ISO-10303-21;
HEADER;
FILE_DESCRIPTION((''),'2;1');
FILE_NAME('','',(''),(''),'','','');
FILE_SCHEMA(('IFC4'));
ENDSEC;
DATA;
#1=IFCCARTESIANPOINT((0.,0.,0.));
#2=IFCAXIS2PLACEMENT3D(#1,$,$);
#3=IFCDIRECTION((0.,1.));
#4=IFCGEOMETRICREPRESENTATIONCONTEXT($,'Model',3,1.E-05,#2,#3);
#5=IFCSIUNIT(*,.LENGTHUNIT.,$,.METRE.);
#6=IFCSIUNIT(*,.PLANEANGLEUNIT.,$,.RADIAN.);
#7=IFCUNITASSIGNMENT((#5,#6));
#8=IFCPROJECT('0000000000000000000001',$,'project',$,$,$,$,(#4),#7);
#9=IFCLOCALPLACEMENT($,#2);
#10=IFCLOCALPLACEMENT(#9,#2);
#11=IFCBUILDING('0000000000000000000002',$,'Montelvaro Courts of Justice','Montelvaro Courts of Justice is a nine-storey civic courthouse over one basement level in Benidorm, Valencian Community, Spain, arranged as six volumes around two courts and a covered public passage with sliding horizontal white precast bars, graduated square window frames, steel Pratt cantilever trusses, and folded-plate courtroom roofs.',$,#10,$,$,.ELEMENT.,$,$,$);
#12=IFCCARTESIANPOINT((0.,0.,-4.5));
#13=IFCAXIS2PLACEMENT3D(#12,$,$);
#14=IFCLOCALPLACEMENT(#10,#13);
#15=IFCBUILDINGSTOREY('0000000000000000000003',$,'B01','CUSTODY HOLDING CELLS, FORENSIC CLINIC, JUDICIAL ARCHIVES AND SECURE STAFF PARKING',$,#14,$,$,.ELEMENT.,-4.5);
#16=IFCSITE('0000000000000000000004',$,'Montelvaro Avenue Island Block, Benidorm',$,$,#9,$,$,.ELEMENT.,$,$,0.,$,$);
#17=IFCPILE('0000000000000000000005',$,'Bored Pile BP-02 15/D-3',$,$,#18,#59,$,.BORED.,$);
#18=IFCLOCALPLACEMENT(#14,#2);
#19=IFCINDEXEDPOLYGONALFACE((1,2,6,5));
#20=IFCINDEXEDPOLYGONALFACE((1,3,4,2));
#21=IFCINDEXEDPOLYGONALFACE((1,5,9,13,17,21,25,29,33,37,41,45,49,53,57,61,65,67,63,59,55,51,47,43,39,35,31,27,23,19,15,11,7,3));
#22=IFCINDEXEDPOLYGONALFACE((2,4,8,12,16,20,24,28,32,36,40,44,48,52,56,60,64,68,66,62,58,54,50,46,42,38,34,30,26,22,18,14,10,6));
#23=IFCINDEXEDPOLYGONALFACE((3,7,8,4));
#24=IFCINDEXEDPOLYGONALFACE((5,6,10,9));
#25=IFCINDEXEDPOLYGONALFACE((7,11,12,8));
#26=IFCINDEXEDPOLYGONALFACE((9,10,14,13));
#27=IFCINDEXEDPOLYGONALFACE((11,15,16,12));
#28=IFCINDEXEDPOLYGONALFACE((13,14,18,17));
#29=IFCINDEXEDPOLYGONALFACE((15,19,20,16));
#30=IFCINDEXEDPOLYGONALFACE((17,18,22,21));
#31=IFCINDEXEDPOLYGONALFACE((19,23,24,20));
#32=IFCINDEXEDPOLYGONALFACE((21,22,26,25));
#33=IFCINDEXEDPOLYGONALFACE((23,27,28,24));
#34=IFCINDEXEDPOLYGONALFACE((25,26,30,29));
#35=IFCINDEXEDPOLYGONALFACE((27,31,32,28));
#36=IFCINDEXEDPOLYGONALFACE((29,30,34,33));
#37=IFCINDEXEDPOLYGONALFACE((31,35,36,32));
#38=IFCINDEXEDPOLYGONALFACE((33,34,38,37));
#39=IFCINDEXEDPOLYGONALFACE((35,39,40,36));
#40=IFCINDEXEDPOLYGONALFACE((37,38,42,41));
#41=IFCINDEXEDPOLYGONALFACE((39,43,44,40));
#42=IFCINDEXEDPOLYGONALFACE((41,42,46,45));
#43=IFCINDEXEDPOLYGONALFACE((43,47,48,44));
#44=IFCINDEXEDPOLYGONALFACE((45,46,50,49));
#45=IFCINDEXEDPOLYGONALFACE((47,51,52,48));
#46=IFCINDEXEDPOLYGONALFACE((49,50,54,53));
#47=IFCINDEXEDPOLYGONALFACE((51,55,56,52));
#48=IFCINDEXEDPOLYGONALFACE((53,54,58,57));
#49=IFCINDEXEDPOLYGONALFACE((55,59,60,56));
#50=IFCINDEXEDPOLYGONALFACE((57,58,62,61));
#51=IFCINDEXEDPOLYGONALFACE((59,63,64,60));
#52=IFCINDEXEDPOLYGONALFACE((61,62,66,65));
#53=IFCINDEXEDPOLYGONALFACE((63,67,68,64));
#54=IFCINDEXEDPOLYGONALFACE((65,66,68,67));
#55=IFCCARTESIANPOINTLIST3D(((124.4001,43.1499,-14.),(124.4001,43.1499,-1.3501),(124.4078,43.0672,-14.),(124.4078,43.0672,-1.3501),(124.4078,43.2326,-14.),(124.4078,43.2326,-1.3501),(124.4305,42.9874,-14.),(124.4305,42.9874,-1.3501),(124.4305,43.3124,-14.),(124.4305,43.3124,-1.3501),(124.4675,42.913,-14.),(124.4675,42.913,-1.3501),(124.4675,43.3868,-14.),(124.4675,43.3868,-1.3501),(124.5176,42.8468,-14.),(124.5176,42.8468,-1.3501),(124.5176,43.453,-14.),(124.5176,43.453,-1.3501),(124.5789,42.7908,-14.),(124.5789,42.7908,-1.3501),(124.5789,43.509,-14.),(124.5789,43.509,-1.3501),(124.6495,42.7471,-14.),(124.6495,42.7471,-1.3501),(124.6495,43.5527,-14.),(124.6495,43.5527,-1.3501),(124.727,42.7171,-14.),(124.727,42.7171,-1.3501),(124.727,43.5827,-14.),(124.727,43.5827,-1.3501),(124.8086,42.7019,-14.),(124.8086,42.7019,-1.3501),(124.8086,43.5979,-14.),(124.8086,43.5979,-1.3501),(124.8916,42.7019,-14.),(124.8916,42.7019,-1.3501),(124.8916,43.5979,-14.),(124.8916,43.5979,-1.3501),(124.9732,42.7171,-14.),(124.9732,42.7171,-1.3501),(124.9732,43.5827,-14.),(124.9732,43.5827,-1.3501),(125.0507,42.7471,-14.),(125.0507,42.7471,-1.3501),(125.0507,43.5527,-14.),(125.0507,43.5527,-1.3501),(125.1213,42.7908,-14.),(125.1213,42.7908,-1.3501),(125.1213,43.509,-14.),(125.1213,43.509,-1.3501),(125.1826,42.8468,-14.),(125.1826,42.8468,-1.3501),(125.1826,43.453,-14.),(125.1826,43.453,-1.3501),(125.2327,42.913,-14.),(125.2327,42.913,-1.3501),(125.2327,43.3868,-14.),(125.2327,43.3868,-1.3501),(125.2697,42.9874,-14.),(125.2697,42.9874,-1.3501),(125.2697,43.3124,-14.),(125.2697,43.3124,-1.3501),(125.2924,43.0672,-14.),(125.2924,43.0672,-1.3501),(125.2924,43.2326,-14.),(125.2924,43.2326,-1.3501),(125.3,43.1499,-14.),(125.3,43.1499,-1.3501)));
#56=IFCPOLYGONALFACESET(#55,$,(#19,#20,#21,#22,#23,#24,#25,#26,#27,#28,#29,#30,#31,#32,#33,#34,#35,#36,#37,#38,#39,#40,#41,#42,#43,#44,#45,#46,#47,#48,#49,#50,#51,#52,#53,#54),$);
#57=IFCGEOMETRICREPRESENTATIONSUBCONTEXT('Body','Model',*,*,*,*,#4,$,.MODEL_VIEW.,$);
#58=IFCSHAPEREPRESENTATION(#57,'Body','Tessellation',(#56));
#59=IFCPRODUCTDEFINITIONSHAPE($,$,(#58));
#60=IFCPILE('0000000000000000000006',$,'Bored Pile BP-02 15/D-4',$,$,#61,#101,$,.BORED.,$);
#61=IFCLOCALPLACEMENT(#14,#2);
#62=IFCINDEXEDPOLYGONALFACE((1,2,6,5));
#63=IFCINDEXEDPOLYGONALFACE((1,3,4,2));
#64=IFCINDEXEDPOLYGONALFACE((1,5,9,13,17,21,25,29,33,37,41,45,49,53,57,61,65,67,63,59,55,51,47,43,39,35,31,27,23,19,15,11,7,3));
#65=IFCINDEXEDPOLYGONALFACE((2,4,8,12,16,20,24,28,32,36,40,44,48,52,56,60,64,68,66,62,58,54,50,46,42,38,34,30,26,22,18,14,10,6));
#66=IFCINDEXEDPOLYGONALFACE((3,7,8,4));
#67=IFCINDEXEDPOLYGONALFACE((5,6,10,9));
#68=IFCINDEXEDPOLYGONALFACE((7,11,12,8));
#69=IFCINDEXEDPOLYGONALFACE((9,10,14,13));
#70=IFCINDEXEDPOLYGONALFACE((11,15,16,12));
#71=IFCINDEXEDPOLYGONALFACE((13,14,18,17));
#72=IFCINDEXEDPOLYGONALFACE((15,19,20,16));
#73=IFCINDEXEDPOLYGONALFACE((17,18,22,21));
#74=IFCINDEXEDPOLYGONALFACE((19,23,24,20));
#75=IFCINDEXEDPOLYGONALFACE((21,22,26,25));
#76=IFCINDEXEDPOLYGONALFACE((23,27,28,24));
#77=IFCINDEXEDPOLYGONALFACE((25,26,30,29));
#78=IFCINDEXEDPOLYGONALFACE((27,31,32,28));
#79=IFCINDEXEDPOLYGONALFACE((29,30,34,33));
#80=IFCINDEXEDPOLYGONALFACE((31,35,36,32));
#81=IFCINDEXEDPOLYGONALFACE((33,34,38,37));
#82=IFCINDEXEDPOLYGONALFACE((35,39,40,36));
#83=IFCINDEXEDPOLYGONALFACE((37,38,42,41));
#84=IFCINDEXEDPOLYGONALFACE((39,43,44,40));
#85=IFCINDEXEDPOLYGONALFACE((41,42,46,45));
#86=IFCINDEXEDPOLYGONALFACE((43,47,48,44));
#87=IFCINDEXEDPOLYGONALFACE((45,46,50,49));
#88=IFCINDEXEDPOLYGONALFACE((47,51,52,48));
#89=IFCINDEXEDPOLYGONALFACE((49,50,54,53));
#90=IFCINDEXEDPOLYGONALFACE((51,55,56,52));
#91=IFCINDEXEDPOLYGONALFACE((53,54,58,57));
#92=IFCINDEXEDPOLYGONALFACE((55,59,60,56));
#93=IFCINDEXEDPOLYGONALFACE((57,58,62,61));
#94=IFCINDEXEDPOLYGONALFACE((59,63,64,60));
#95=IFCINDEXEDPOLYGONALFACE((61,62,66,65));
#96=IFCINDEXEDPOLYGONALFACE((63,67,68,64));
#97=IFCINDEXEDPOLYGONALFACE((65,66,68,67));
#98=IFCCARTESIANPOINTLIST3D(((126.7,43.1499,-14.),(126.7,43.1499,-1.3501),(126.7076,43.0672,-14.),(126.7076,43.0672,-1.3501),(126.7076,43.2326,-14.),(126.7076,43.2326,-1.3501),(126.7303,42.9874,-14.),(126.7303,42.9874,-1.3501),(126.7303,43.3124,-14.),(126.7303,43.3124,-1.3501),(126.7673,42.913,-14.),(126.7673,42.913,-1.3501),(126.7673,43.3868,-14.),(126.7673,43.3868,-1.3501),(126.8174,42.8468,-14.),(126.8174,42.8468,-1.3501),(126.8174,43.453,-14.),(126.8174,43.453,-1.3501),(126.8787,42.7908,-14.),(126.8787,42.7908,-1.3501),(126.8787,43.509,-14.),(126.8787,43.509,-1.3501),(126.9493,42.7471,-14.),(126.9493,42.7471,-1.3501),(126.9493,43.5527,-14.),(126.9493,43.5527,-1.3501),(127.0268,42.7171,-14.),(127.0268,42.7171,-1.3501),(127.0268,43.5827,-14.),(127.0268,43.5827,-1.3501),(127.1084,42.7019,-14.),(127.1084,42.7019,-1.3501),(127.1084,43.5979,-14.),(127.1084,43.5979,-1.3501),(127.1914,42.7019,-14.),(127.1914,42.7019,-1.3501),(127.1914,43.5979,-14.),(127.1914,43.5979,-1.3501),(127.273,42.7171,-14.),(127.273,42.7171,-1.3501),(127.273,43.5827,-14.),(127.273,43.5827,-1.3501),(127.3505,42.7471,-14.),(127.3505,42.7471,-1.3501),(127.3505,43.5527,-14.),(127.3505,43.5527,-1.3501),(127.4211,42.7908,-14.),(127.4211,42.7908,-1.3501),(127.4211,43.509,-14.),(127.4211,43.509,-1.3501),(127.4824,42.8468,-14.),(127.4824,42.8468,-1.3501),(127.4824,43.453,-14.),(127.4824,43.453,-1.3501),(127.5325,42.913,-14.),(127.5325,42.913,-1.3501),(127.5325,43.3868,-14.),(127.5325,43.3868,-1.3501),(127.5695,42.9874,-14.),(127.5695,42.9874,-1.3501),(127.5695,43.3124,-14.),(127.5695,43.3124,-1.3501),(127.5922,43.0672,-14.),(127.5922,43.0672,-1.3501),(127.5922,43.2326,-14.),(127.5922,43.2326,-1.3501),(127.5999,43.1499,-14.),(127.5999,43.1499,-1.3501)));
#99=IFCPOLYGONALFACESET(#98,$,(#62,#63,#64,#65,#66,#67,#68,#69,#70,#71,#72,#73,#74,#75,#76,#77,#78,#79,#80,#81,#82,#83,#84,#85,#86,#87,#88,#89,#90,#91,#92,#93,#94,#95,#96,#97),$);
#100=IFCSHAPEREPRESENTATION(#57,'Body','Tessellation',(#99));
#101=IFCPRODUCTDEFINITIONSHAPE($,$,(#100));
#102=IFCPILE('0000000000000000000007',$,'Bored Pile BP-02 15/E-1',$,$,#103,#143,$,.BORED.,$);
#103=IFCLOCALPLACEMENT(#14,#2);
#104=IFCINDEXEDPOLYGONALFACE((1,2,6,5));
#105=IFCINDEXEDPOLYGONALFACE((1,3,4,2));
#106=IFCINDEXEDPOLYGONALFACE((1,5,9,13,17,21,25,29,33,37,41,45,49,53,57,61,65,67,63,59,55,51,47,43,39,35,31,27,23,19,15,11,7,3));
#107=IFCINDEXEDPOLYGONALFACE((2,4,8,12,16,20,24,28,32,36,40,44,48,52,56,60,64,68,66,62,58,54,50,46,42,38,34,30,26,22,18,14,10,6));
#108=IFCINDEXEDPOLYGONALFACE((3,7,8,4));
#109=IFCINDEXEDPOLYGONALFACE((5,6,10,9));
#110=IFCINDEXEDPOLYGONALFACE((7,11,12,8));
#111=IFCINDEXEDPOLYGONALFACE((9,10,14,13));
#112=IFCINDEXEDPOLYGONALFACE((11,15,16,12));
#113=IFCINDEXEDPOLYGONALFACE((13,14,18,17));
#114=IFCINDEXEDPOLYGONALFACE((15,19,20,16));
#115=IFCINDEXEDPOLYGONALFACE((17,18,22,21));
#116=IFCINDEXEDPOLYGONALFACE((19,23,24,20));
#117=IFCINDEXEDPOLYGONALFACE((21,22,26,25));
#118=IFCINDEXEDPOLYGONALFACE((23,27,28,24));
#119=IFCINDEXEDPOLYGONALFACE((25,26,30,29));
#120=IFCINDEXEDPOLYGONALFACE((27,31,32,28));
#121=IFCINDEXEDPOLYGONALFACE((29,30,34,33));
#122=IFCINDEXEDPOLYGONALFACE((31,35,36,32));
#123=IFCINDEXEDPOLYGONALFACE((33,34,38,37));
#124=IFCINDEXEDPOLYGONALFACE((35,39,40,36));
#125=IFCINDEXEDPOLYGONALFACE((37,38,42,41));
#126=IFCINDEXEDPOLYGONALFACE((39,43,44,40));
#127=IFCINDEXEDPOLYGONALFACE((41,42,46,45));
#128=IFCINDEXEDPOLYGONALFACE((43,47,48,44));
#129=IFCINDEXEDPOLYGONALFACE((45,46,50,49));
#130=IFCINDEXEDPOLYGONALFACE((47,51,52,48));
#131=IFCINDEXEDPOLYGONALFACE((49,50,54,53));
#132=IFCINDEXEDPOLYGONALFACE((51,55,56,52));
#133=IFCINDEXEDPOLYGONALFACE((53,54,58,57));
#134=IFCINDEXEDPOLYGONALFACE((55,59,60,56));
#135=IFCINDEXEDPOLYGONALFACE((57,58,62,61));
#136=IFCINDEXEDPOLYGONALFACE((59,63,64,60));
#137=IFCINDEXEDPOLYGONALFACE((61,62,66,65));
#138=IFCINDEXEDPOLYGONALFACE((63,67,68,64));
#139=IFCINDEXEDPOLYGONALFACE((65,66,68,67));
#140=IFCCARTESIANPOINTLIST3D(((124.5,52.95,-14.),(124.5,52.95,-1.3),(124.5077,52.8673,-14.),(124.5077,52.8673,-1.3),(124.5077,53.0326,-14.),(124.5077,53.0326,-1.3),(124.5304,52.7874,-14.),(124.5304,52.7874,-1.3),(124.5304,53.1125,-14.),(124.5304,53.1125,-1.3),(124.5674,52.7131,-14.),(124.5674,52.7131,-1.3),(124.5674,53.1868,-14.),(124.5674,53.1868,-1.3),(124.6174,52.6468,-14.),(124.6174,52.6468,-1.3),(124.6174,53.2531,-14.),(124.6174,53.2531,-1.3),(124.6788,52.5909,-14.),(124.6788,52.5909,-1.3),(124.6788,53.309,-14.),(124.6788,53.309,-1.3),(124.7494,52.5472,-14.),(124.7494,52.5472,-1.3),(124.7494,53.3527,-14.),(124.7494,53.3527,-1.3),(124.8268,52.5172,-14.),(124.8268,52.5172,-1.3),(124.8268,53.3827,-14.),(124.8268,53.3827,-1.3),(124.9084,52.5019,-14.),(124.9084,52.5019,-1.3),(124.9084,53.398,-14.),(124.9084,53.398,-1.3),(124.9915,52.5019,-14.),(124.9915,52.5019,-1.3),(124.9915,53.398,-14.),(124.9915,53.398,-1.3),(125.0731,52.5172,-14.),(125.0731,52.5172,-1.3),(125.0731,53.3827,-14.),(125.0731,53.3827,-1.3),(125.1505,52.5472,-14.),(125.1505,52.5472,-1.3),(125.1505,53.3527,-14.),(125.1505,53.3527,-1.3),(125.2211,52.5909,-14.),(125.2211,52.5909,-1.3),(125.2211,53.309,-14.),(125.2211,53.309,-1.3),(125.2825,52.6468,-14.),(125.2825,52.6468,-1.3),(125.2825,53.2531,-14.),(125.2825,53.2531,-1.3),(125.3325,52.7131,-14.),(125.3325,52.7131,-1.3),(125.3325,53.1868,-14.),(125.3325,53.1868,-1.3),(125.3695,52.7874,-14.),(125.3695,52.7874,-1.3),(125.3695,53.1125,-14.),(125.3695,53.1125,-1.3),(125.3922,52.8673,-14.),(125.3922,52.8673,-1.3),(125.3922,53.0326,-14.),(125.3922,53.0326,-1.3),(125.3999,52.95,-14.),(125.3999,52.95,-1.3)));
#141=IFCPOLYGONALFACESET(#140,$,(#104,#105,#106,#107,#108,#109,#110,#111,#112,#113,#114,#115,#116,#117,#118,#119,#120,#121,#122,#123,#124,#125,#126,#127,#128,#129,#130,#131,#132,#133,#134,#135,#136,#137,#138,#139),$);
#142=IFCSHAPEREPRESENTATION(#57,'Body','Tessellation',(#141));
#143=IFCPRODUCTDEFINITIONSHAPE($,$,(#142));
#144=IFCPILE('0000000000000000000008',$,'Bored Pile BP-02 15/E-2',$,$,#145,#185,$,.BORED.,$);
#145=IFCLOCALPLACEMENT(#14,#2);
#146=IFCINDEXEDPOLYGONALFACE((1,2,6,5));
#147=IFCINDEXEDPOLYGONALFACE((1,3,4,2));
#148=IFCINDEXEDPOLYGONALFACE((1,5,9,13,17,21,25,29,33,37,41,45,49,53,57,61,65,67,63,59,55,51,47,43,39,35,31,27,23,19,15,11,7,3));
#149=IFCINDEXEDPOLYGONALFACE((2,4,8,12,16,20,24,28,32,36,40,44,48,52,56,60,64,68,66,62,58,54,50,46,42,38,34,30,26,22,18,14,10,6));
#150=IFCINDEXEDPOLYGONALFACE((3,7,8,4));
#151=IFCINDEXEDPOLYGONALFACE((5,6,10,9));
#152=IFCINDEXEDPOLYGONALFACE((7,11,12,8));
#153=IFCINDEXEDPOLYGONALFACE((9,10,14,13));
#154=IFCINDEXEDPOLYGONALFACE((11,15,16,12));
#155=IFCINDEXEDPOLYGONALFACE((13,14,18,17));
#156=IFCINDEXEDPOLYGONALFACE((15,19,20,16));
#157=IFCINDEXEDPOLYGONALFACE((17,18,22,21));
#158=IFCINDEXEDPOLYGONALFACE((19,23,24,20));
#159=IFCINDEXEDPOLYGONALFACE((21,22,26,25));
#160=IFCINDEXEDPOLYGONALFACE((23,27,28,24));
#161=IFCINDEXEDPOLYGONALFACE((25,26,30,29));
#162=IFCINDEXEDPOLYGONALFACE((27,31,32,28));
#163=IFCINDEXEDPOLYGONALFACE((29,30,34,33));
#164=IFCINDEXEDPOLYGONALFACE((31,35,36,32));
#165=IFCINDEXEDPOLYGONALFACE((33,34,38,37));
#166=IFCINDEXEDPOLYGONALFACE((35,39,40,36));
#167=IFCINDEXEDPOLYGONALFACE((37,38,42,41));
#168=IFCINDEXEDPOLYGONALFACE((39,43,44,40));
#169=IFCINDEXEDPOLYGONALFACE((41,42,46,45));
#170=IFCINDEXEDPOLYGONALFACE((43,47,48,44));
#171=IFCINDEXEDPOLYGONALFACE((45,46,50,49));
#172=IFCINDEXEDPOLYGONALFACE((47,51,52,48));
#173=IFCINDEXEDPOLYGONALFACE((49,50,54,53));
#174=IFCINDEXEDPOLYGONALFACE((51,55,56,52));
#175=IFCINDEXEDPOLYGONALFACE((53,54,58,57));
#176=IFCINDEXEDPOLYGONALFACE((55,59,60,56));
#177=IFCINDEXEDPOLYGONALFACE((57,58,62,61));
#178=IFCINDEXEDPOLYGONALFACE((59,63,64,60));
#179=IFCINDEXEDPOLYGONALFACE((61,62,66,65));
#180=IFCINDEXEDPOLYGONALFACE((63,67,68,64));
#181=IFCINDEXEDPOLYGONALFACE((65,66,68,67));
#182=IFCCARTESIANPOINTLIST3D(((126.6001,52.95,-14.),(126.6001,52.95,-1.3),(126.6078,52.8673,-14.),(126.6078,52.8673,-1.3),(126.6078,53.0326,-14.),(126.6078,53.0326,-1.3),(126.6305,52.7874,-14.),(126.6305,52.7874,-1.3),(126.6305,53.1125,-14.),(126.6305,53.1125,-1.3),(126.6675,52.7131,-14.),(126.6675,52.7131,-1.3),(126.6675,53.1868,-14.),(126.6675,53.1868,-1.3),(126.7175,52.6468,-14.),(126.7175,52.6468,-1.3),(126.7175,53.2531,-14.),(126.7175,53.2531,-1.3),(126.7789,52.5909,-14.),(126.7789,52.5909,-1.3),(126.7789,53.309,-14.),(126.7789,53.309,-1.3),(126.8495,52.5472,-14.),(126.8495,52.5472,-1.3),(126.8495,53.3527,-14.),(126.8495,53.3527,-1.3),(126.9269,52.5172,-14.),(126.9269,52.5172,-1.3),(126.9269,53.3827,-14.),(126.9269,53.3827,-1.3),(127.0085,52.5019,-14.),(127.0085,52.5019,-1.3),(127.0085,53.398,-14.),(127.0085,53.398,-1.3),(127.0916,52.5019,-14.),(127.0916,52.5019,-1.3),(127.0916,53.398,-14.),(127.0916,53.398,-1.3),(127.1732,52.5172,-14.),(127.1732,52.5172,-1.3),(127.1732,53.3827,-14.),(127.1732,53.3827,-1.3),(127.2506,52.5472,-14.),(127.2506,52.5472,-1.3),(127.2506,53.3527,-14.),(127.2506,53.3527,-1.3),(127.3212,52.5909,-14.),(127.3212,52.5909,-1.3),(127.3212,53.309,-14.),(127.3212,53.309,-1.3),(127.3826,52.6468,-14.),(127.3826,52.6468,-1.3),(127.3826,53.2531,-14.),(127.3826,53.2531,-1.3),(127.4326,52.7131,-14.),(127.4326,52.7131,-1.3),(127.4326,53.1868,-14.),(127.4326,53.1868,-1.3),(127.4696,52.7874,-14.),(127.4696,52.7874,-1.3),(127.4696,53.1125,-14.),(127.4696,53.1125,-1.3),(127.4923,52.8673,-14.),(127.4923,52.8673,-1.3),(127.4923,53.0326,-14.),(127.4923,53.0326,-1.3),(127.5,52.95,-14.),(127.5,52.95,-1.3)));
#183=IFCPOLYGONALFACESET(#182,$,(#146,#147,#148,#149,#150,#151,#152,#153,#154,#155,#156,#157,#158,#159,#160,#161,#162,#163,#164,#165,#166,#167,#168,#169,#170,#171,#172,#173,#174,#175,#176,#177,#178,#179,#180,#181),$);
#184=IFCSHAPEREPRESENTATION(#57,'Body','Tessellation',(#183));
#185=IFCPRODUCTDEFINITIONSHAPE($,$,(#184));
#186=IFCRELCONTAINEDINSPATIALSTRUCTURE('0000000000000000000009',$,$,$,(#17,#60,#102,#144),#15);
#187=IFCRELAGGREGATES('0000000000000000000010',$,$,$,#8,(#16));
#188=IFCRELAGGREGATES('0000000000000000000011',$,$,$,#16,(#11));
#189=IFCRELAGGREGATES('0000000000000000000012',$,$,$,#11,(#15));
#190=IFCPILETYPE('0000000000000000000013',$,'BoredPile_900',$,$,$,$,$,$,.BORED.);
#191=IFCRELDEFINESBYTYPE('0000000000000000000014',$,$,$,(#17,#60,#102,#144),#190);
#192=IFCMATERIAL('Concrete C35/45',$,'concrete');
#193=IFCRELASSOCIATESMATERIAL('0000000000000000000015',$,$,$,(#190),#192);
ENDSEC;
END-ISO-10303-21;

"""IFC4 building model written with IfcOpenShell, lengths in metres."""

from ifc_helpers import new_model, si_unit, direction, frame, origin, origin_2d, place, context, subcontext, project, spatial, circle, extrude, material, material_profile, profile_set, type_object, element, save


model = new_model("IFC4")

# Units and contexts
model_context = context("Model", 3, precision=1e-05, world=origin(), true_north=direction((0.0, 1.0)))
body_context = subcontext(model_context, "Body", "Model", "MODEL_VIEW")
ifc_project = project(units=[si_unit("LENGTHUNIT", "METRE"), si_unit("PLANEANGLEUNIT", "RADIAN")], contexts=[model_context])

# Site, building, storey
site_placement = place(None, origin())
site = spatial("IfcSite", under=ifc_project, at=site_placement, Name="Montelvaro Avenue Island Block, Benidorm", CompositionType="ELEMENT", RefElevation=0.0)
building_placement = place(site_placement, origin())
building = spatial("IfcBuilding", under=site, at=building_placement, Name="Montelvaro Courts of Justice", Description="Montelvaro Courts of Justice is a nine-storey civic courthouse over one basement level in Benidorm, Valencian Community, Spain, arranged as six volumes around two courts and a covered public passage with sliding horizontal white precast bars, graduated square window frames, steel Pratt cantilever trusses, and folded-plate courtroom roofs.", CompositionType="ELEMENT")
storey_placement = place(building_placement, frame((0.0, 0.0, -4.5)))
storey = spatial("IfcBuildingStorey", under=building, at=storey_placement, Name="B01", Description="CUSTODY HOLDING CELLS, FORENSIC CLINIC, JUDICIAL ARCHIVES AND SECURE STAFF PARKING", CompositionType="ELEMENT", Elevation=-4.5)

# Piles
ifc_material_1 = material(Name="Concrete C35/45", Category="concrete")
ifc_material_profile_1 = material_profile(ifc_material_1, circle(Radius=0.45, at=origin_2d()), Name="BORED PILE D900")
ifc_profile_set_1 = profile_set([ifc_material_profile_1], Name="Concrete C35/45")
pile_type_1 = type_object("IfcPileType", Name="BoredPile_900", PredefinedType="BORED", material=ifc_profile_set_1)
for number, where, z_axis, x_axis, name in (
    (1, (124.8501, 43.1499, -1.3501), (0.0, 0.0, -1.0), (1.0, 0.0, 0.0), "Bored Pile BP-02 15/D-3"),
    (2, (127.1499, 43.1499, -1.3501), (0.0, 0.0, -1.0), (1.0, 0.0, 0.0), "Bored Pile BP-02 15/D-4"),
):
    element("IfcPile", number, at=place(storey_placement, frame(where, z_axis=z_axis, x_axis=x_axis)), inside=storey, type_object=pile_type_1, Name=name, PredefinedType="BORED", context=body_context, shape_type="SweptSolid", body=[
        extrude(circle(Radius=0.45, at=origin_2d()), origin(), (0.0, 0.0, 1.0), 12.6499),
    ])
for number, where, z_axis, x_axis, name in (
    (3, (124.95, 52.95, -1.3), (0.0, 0.0, -1.0), (1.0, 0.0, 0.0), "Bored Pile BP-02 15/E-1"),
    (4, (127.05, 52.95, -1.3), (0.0, 0.0, -1.0), (1.0, 0.0, 0.0), "Bored Pile BP-02 15/E-2"),
):
    element("IfcPile", number, at=place(storey_placement, frame(where, z_axis=z_axis, x_axis=x_axis)), inside=storey, type_object=pile_type_1, Name=name, PredefinedType="BORED", context=body_context, shape_type="SweptSolid", body=[
        extrude(circle(Radius=0.45, at=origin_2d()), origin(), (0.0, 0.0, 1.0), 12.7),
    ])

save(model, "model.ifc")
